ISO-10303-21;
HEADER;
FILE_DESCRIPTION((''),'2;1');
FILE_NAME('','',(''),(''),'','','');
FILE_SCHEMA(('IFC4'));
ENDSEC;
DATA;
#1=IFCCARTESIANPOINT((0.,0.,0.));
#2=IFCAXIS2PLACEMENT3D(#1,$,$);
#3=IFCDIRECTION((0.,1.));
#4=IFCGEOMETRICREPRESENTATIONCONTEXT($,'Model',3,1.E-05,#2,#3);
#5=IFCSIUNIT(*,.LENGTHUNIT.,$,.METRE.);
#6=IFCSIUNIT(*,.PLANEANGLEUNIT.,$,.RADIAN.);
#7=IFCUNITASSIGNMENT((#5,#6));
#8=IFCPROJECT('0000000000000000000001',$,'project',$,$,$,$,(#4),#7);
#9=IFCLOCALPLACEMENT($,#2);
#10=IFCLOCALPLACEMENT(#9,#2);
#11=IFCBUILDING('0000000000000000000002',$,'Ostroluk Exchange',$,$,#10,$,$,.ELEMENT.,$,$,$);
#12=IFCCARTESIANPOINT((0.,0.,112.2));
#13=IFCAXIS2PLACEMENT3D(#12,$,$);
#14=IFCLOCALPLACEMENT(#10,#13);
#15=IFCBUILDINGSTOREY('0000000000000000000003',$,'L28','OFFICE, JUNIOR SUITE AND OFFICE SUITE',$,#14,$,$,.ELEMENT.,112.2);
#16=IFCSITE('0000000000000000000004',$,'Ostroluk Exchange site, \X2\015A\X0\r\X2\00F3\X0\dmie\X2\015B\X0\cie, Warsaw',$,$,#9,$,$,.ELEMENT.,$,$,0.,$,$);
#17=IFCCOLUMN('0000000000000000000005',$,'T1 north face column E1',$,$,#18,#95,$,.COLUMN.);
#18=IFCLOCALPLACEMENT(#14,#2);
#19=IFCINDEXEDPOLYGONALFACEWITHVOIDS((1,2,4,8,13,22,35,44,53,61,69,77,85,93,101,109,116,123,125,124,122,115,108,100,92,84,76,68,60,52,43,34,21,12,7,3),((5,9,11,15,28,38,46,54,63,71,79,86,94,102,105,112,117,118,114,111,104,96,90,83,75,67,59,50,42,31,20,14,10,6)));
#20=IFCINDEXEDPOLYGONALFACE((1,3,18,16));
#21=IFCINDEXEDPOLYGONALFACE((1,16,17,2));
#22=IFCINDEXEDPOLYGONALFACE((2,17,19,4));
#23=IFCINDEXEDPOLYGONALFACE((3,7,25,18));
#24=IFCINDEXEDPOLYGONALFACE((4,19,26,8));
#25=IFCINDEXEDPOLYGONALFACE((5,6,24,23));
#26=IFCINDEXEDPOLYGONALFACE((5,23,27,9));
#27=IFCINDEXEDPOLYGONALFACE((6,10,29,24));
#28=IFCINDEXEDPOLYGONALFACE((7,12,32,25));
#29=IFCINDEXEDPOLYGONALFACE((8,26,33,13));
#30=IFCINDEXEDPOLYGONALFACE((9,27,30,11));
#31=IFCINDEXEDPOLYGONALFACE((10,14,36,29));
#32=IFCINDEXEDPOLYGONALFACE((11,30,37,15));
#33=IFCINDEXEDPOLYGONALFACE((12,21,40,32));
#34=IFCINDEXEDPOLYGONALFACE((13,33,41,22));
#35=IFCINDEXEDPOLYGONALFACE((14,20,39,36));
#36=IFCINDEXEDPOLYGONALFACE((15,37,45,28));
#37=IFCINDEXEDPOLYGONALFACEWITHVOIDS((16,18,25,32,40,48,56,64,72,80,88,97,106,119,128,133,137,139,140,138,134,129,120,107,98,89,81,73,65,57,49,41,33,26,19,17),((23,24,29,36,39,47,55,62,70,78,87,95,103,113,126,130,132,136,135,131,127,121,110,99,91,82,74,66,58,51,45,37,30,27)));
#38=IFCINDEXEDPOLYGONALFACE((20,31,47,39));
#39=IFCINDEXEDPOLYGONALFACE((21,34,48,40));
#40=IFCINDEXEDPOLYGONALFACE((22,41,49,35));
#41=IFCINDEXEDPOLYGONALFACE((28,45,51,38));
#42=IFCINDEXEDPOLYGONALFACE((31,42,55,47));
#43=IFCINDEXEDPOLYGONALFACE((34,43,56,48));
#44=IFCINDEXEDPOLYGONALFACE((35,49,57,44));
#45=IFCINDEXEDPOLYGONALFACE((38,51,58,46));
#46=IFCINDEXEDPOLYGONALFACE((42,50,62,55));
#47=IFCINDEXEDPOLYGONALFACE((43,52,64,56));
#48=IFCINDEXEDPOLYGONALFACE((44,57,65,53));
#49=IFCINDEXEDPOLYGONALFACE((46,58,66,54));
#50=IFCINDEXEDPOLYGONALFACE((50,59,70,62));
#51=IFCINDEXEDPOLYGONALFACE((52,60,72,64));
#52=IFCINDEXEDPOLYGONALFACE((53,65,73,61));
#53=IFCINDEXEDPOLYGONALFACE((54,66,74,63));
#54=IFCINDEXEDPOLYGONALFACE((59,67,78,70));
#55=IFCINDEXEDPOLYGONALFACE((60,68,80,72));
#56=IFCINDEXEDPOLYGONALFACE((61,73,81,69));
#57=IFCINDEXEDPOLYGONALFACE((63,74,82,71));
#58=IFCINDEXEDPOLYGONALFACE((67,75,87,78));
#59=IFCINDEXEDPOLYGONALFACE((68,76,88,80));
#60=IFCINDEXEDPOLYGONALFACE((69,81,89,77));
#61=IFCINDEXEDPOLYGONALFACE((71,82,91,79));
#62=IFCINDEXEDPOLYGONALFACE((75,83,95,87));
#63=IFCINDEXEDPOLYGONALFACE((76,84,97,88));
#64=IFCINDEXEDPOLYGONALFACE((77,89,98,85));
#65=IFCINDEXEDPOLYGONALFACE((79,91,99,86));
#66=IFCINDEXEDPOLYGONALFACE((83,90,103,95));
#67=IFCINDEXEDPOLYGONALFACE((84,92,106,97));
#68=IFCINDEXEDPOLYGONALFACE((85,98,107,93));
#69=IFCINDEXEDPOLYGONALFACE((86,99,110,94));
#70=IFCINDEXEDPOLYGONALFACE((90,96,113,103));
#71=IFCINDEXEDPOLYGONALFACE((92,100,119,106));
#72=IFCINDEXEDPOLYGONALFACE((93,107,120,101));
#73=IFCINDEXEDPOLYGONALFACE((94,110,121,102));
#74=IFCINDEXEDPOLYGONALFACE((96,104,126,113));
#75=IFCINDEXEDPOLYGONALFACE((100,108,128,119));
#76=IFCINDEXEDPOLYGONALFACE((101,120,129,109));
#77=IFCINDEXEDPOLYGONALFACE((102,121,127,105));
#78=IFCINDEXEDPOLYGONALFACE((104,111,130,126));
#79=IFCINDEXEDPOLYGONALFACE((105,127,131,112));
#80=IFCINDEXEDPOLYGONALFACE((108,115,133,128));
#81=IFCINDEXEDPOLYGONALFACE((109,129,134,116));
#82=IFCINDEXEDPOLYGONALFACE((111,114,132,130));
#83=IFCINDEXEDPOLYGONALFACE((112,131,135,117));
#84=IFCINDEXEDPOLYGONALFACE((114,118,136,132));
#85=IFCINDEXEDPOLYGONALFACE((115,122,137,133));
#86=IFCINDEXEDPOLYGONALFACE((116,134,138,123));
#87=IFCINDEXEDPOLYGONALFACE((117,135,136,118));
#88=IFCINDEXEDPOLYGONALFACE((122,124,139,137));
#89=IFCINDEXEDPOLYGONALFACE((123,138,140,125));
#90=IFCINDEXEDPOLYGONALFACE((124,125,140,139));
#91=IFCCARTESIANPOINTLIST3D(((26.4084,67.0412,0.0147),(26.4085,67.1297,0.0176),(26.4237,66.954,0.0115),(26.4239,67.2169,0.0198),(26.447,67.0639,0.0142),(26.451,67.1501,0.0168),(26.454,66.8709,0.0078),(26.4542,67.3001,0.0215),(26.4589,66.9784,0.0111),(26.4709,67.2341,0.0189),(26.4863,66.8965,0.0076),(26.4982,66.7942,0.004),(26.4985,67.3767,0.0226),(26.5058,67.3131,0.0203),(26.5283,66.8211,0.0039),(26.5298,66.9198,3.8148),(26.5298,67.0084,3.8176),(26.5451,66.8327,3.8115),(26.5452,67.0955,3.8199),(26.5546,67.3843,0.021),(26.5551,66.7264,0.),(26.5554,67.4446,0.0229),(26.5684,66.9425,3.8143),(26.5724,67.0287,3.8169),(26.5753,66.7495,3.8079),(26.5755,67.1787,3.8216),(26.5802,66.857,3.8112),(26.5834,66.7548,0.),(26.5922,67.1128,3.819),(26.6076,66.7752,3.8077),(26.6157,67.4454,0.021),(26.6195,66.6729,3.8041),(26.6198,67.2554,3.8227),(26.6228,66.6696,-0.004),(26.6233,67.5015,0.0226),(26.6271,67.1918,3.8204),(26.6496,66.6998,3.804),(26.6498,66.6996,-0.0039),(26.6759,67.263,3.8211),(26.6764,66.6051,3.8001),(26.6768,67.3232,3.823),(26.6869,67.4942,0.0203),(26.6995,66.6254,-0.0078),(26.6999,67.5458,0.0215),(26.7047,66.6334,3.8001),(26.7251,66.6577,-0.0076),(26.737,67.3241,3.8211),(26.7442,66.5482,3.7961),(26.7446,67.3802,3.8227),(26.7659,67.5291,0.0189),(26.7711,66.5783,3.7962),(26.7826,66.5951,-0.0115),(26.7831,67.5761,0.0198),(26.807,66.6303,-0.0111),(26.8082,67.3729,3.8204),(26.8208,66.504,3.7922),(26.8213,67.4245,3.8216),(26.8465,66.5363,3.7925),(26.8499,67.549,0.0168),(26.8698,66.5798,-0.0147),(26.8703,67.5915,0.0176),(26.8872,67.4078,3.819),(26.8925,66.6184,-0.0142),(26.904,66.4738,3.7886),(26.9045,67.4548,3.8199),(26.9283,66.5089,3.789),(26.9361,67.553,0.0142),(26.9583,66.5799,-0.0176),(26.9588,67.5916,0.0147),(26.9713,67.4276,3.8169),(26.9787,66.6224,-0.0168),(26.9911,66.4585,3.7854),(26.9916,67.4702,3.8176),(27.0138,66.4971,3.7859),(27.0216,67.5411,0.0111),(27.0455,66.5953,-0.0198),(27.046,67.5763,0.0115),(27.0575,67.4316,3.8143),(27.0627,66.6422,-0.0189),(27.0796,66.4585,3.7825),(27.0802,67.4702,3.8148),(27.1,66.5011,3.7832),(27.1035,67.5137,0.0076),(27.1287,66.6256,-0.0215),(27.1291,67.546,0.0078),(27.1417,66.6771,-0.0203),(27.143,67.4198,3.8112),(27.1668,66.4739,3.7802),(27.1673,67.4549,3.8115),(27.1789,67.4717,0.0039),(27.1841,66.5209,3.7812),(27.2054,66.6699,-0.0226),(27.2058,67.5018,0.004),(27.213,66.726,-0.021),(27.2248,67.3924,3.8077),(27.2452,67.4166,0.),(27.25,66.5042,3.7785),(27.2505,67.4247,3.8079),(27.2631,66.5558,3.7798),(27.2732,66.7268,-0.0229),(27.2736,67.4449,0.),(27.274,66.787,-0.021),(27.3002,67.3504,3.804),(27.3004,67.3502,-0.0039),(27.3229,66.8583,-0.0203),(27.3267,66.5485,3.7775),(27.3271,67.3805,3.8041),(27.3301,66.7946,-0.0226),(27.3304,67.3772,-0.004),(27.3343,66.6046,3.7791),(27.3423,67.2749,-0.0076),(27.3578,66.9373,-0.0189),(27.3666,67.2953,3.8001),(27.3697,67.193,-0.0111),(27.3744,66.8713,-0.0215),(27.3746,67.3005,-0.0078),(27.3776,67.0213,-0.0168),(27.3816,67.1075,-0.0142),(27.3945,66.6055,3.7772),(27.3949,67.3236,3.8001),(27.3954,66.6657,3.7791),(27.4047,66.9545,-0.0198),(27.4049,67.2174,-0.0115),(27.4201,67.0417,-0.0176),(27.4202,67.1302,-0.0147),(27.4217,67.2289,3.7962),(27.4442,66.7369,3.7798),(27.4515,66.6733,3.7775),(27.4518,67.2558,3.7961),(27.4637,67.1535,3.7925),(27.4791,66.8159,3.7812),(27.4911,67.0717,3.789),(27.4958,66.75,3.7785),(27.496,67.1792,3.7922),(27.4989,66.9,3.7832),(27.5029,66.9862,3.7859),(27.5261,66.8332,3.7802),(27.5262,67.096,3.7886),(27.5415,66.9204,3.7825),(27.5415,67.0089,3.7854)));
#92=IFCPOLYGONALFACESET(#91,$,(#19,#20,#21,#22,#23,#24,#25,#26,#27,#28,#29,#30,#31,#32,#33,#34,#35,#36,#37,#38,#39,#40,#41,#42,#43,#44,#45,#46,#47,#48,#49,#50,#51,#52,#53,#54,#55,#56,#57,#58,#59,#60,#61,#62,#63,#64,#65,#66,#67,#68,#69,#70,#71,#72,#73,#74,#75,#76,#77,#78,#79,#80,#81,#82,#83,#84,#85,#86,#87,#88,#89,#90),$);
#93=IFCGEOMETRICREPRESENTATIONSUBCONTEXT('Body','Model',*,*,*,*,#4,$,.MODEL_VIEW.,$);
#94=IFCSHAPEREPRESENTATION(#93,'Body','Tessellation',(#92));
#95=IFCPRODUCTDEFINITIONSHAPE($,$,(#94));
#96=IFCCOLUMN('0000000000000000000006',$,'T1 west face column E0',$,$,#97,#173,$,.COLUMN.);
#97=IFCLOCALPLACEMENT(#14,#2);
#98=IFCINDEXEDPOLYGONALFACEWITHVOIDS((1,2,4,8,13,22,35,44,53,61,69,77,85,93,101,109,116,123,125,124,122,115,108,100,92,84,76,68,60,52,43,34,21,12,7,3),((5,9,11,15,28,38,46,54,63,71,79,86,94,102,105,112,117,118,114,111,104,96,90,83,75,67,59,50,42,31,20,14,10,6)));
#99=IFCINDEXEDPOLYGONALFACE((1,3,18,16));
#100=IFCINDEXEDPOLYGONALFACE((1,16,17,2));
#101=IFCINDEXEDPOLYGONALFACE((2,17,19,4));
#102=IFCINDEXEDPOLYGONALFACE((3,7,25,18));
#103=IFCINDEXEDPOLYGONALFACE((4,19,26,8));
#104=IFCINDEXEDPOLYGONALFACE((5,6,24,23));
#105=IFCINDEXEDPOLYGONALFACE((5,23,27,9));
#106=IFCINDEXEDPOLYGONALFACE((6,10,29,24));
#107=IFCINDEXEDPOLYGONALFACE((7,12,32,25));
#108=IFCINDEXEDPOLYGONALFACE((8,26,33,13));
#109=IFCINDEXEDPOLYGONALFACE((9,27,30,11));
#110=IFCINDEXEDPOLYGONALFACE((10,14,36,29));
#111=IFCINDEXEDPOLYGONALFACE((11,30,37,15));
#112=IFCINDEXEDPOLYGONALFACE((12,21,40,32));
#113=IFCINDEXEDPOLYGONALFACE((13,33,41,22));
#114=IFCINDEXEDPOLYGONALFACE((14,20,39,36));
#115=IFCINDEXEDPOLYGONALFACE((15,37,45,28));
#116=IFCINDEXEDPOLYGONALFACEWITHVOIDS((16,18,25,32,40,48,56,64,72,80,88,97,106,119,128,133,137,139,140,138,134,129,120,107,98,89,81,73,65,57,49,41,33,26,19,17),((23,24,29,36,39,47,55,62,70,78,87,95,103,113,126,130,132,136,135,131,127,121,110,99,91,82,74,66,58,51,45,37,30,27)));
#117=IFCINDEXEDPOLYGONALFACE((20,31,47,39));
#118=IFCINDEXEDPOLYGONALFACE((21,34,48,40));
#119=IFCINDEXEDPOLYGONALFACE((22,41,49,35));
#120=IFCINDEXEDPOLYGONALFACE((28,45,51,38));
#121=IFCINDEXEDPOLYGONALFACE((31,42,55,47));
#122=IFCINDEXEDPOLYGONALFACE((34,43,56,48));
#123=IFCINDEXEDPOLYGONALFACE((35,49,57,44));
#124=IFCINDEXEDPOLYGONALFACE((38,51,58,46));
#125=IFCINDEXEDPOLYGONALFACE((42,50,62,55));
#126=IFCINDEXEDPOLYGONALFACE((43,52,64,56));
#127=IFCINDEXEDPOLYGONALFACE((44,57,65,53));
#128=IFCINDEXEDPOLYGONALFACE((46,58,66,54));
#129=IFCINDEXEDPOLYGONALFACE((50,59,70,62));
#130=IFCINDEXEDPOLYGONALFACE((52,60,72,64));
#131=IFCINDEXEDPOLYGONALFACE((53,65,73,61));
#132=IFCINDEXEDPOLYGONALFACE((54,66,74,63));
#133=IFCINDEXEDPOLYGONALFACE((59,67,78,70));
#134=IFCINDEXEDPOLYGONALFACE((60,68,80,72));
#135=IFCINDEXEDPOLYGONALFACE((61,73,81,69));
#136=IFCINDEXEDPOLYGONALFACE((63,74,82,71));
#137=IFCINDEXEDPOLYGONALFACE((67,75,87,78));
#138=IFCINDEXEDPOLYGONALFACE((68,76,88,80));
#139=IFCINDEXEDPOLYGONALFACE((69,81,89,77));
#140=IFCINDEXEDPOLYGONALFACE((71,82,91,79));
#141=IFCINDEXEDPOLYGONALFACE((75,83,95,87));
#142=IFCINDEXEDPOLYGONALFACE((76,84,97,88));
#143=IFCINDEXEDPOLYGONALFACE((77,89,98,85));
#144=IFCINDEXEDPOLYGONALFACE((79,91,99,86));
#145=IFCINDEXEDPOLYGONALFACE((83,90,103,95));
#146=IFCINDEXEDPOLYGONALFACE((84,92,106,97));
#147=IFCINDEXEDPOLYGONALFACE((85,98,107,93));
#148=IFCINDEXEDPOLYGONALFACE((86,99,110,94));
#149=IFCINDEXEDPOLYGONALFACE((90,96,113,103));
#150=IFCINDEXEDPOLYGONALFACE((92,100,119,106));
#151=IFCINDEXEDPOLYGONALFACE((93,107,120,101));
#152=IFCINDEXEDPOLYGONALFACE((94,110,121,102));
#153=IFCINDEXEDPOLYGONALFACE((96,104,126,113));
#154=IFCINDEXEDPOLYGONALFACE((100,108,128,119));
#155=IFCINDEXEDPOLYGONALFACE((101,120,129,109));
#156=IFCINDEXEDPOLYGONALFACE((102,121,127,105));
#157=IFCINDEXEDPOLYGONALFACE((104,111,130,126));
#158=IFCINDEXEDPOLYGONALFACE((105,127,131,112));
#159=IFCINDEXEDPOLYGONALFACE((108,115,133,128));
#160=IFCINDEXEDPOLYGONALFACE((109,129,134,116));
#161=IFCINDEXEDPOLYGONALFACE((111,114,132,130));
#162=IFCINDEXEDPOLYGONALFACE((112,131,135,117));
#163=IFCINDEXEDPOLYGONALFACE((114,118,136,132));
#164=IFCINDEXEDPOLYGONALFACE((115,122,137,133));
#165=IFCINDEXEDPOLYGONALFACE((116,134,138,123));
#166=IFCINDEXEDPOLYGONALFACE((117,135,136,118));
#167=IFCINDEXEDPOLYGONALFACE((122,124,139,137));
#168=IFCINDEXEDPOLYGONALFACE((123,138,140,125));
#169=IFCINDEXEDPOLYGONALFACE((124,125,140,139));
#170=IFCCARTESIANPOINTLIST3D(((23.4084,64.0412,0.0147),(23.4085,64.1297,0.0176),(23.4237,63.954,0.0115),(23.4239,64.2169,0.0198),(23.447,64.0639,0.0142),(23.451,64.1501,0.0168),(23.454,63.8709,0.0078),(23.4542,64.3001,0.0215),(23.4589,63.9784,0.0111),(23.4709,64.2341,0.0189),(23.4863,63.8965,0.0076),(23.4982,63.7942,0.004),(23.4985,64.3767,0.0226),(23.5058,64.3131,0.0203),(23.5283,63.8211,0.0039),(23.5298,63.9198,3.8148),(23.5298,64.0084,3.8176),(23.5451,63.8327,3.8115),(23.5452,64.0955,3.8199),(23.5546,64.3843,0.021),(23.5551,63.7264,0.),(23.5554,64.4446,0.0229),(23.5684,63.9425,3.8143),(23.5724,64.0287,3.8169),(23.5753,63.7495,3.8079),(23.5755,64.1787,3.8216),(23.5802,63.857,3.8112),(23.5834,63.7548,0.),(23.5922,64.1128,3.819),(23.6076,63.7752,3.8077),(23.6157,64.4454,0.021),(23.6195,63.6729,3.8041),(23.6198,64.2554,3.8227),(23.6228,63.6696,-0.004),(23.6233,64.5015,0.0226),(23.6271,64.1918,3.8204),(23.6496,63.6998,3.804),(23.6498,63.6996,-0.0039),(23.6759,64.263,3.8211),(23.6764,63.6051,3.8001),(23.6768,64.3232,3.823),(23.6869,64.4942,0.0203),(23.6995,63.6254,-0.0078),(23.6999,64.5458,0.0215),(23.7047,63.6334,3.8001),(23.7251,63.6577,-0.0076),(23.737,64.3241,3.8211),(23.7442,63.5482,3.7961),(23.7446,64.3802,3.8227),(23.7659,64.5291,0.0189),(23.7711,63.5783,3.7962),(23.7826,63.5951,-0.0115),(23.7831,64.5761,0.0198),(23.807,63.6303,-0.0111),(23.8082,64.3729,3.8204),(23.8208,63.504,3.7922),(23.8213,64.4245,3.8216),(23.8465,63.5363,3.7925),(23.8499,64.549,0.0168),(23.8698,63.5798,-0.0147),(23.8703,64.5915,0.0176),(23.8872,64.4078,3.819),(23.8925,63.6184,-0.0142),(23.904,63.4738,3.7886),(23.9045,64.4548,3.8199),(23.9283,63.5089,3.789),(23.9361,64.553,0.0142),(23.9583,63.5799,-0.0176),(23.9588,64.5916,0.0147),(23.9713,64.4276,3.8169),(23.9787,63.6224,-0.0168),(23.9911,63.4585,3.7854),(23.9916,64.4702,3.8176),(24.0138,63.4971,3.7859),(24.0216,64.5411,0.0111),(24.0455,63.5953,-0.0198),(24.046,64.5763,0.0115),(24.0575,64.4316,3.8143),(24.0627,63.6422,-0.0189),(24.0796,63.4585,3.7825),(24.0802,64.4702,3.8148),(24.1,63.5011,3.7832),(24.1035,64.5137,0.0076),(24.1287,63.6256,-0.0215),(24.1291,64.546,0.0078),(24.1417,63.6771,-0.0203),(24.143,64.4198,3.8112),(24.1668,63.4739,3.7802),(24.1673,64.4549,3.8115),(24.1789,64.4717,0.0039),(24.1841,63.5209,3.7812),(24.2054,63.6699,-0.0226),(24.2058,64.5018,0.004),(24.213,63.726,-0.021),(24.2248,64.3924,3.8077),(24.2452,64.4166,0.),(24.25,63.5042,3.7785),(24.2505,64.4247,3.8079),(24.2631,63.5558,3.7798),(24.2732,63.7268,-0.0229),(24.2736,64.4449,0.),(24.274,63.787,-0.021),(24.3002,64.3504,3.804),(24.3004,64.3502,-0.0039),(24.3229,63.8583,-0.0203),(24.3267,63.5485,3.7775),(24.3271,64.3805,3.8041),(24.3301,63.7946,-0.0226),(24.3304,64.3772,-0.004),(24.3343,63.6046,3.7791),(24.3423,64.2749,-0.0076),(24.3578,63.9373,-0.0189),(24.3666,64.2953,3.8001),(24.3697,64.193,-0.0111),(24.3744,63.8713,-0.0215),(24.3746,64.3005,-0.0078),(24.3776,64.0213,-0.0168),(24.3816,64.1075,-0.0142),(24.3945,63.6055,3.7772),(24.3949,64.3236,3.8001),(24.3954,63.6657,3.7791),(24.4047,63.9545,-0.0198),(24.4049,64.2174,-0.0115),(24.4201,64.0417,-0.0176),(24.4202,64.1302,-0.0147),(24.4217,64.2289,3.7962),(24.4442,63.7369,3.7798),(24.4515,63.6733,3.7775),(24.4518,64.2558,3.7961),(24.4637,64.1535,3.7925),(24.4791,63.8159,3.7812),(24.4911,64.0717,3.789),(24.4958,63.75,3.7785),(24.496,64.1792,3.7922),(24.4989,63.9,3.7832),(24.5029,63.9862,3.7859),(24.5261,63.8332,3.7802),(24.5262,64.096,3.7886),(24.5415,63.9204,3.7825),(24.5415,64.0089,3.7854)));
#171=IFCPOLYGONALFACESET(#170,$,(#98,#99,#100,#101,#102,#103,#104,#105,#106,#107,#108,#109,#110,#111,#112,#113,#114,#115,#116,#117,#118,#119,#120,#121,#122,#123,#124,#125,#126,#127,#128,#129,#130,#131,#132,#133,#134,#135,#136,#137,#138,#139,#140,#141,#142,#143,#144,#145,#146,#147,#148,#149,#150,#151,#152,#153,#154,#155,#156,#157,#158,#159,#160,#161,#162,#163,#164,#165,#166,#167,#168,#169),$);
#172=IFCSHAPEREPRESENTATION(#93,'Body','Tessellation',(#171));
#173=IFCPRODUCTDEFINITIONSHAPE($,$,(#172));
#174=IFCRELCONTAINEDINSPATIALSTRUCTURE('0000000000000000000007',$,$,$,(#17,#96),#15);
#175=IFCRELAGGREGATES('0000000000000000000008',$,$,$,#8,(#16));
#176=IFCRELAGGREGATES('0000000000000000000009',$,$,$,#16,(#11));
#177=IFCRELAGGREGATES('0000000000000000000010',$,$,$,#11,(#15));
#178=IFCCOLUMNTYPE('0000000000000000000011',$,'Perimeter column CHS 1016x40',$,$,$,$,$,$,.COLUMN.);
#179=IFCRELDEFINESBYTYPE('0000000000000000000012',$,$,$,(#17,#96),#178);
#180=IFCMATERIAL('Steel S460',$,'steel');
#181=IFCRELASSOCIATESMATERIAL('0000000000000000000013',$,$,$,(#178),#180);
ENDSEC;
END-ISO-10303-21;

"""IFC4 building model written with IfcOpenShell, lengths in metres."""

from ifc_helpers import new_model, si_unit, direction, frame, origin, origin_2d, place, context, subcontext, project, spatial, hollow_circle, extrude, material, material_profile, profile_set, type_object, element, save


model = new_model("IFC4")

# Units and contexts
model_context = context("Model", 3, precision=1e-05, world=origin(), true_north=direction((0.0, 1.0)))
body_context = subcontext(model_context, "Body", "Model", "MODEL_VIEW")
ifc_project = project(units=[si_unit("LENGTHUNIT", "METRE"), si_unit("PLANEANGLEUNIT", "RADIAN")], contexts=[model_context])

# Site, building, storey
site_placement = place(None, origin())
site = spatial("IfcSite", under=ifc_project, at=site_placement, Name="Ostroluk Exchange site, Śródmieście, Warsaw", CompositionType="ELEMENT", RefElevation=0.0)
building_placement = place(site_placement, origin())
building = spatial("IfcBuilding", under=site, at=building_placement, Name="Ostroluk Exchange", CompositionType="ELEMENT")
storey_placement = place(building_placement, frame((0.0, 0.0, 112.2)))
storey = spatial("IfcBuildingStorey", under=building, at=storey_placement, Name="L28", Description="OFFICE, JUNIOR SUITE AND OFFICE SUITE", CompositionType="ELEMENT", Elevation=112.2)

# Columns
ifc_material_1 = material(Name="Steel S460", Category="steel")
ifc_material_profile_1 = material_profile(ifc_material_1, hollow_circle(Radius=0.5081, WallThickness=0.04, at=origin_2d()), Name="CHS 1016x40")
ifc_profile_set_1 = profile_set([ifc_material_profile_1], Name="Steel S460")
column_type = type_object("IfcColumnType", Name="Perimeter column CHS 1016x40", PredefinedType="COLUMN", material=ifc_profile_set_1)
for number, where, z_axis, x_axis, name in (
    (1, (26.9143, 67.0857, 0.0), (0.031898, -0.031898, 0.998982), (0.707107, 0.707107, 0.0), "T1 north face column E1"),
    (2, (23.9143, 64.0857, 0.0), (0.031898, -0.031898, 0.998982), (0.707107, 0.707107, 0.0), "T1 west face column E0"),
):
    element("IfcColumn", number, at=place(storey_placement, frame(where, z_axis=z_axis, x_axis=x_axis)), inside=storey, type_object=column_type, Name=name, PredefinedType="COLUMN", context=body_context, shape_type="SweptSolid", body=[
        extrude(hollow_circle(Radius=0.5081, WallThickness=0.04, at=origin_2d()), origin(), (0.0, 0.0, 1.0), 3.804),
    ])

save(model, "model.ifc")
